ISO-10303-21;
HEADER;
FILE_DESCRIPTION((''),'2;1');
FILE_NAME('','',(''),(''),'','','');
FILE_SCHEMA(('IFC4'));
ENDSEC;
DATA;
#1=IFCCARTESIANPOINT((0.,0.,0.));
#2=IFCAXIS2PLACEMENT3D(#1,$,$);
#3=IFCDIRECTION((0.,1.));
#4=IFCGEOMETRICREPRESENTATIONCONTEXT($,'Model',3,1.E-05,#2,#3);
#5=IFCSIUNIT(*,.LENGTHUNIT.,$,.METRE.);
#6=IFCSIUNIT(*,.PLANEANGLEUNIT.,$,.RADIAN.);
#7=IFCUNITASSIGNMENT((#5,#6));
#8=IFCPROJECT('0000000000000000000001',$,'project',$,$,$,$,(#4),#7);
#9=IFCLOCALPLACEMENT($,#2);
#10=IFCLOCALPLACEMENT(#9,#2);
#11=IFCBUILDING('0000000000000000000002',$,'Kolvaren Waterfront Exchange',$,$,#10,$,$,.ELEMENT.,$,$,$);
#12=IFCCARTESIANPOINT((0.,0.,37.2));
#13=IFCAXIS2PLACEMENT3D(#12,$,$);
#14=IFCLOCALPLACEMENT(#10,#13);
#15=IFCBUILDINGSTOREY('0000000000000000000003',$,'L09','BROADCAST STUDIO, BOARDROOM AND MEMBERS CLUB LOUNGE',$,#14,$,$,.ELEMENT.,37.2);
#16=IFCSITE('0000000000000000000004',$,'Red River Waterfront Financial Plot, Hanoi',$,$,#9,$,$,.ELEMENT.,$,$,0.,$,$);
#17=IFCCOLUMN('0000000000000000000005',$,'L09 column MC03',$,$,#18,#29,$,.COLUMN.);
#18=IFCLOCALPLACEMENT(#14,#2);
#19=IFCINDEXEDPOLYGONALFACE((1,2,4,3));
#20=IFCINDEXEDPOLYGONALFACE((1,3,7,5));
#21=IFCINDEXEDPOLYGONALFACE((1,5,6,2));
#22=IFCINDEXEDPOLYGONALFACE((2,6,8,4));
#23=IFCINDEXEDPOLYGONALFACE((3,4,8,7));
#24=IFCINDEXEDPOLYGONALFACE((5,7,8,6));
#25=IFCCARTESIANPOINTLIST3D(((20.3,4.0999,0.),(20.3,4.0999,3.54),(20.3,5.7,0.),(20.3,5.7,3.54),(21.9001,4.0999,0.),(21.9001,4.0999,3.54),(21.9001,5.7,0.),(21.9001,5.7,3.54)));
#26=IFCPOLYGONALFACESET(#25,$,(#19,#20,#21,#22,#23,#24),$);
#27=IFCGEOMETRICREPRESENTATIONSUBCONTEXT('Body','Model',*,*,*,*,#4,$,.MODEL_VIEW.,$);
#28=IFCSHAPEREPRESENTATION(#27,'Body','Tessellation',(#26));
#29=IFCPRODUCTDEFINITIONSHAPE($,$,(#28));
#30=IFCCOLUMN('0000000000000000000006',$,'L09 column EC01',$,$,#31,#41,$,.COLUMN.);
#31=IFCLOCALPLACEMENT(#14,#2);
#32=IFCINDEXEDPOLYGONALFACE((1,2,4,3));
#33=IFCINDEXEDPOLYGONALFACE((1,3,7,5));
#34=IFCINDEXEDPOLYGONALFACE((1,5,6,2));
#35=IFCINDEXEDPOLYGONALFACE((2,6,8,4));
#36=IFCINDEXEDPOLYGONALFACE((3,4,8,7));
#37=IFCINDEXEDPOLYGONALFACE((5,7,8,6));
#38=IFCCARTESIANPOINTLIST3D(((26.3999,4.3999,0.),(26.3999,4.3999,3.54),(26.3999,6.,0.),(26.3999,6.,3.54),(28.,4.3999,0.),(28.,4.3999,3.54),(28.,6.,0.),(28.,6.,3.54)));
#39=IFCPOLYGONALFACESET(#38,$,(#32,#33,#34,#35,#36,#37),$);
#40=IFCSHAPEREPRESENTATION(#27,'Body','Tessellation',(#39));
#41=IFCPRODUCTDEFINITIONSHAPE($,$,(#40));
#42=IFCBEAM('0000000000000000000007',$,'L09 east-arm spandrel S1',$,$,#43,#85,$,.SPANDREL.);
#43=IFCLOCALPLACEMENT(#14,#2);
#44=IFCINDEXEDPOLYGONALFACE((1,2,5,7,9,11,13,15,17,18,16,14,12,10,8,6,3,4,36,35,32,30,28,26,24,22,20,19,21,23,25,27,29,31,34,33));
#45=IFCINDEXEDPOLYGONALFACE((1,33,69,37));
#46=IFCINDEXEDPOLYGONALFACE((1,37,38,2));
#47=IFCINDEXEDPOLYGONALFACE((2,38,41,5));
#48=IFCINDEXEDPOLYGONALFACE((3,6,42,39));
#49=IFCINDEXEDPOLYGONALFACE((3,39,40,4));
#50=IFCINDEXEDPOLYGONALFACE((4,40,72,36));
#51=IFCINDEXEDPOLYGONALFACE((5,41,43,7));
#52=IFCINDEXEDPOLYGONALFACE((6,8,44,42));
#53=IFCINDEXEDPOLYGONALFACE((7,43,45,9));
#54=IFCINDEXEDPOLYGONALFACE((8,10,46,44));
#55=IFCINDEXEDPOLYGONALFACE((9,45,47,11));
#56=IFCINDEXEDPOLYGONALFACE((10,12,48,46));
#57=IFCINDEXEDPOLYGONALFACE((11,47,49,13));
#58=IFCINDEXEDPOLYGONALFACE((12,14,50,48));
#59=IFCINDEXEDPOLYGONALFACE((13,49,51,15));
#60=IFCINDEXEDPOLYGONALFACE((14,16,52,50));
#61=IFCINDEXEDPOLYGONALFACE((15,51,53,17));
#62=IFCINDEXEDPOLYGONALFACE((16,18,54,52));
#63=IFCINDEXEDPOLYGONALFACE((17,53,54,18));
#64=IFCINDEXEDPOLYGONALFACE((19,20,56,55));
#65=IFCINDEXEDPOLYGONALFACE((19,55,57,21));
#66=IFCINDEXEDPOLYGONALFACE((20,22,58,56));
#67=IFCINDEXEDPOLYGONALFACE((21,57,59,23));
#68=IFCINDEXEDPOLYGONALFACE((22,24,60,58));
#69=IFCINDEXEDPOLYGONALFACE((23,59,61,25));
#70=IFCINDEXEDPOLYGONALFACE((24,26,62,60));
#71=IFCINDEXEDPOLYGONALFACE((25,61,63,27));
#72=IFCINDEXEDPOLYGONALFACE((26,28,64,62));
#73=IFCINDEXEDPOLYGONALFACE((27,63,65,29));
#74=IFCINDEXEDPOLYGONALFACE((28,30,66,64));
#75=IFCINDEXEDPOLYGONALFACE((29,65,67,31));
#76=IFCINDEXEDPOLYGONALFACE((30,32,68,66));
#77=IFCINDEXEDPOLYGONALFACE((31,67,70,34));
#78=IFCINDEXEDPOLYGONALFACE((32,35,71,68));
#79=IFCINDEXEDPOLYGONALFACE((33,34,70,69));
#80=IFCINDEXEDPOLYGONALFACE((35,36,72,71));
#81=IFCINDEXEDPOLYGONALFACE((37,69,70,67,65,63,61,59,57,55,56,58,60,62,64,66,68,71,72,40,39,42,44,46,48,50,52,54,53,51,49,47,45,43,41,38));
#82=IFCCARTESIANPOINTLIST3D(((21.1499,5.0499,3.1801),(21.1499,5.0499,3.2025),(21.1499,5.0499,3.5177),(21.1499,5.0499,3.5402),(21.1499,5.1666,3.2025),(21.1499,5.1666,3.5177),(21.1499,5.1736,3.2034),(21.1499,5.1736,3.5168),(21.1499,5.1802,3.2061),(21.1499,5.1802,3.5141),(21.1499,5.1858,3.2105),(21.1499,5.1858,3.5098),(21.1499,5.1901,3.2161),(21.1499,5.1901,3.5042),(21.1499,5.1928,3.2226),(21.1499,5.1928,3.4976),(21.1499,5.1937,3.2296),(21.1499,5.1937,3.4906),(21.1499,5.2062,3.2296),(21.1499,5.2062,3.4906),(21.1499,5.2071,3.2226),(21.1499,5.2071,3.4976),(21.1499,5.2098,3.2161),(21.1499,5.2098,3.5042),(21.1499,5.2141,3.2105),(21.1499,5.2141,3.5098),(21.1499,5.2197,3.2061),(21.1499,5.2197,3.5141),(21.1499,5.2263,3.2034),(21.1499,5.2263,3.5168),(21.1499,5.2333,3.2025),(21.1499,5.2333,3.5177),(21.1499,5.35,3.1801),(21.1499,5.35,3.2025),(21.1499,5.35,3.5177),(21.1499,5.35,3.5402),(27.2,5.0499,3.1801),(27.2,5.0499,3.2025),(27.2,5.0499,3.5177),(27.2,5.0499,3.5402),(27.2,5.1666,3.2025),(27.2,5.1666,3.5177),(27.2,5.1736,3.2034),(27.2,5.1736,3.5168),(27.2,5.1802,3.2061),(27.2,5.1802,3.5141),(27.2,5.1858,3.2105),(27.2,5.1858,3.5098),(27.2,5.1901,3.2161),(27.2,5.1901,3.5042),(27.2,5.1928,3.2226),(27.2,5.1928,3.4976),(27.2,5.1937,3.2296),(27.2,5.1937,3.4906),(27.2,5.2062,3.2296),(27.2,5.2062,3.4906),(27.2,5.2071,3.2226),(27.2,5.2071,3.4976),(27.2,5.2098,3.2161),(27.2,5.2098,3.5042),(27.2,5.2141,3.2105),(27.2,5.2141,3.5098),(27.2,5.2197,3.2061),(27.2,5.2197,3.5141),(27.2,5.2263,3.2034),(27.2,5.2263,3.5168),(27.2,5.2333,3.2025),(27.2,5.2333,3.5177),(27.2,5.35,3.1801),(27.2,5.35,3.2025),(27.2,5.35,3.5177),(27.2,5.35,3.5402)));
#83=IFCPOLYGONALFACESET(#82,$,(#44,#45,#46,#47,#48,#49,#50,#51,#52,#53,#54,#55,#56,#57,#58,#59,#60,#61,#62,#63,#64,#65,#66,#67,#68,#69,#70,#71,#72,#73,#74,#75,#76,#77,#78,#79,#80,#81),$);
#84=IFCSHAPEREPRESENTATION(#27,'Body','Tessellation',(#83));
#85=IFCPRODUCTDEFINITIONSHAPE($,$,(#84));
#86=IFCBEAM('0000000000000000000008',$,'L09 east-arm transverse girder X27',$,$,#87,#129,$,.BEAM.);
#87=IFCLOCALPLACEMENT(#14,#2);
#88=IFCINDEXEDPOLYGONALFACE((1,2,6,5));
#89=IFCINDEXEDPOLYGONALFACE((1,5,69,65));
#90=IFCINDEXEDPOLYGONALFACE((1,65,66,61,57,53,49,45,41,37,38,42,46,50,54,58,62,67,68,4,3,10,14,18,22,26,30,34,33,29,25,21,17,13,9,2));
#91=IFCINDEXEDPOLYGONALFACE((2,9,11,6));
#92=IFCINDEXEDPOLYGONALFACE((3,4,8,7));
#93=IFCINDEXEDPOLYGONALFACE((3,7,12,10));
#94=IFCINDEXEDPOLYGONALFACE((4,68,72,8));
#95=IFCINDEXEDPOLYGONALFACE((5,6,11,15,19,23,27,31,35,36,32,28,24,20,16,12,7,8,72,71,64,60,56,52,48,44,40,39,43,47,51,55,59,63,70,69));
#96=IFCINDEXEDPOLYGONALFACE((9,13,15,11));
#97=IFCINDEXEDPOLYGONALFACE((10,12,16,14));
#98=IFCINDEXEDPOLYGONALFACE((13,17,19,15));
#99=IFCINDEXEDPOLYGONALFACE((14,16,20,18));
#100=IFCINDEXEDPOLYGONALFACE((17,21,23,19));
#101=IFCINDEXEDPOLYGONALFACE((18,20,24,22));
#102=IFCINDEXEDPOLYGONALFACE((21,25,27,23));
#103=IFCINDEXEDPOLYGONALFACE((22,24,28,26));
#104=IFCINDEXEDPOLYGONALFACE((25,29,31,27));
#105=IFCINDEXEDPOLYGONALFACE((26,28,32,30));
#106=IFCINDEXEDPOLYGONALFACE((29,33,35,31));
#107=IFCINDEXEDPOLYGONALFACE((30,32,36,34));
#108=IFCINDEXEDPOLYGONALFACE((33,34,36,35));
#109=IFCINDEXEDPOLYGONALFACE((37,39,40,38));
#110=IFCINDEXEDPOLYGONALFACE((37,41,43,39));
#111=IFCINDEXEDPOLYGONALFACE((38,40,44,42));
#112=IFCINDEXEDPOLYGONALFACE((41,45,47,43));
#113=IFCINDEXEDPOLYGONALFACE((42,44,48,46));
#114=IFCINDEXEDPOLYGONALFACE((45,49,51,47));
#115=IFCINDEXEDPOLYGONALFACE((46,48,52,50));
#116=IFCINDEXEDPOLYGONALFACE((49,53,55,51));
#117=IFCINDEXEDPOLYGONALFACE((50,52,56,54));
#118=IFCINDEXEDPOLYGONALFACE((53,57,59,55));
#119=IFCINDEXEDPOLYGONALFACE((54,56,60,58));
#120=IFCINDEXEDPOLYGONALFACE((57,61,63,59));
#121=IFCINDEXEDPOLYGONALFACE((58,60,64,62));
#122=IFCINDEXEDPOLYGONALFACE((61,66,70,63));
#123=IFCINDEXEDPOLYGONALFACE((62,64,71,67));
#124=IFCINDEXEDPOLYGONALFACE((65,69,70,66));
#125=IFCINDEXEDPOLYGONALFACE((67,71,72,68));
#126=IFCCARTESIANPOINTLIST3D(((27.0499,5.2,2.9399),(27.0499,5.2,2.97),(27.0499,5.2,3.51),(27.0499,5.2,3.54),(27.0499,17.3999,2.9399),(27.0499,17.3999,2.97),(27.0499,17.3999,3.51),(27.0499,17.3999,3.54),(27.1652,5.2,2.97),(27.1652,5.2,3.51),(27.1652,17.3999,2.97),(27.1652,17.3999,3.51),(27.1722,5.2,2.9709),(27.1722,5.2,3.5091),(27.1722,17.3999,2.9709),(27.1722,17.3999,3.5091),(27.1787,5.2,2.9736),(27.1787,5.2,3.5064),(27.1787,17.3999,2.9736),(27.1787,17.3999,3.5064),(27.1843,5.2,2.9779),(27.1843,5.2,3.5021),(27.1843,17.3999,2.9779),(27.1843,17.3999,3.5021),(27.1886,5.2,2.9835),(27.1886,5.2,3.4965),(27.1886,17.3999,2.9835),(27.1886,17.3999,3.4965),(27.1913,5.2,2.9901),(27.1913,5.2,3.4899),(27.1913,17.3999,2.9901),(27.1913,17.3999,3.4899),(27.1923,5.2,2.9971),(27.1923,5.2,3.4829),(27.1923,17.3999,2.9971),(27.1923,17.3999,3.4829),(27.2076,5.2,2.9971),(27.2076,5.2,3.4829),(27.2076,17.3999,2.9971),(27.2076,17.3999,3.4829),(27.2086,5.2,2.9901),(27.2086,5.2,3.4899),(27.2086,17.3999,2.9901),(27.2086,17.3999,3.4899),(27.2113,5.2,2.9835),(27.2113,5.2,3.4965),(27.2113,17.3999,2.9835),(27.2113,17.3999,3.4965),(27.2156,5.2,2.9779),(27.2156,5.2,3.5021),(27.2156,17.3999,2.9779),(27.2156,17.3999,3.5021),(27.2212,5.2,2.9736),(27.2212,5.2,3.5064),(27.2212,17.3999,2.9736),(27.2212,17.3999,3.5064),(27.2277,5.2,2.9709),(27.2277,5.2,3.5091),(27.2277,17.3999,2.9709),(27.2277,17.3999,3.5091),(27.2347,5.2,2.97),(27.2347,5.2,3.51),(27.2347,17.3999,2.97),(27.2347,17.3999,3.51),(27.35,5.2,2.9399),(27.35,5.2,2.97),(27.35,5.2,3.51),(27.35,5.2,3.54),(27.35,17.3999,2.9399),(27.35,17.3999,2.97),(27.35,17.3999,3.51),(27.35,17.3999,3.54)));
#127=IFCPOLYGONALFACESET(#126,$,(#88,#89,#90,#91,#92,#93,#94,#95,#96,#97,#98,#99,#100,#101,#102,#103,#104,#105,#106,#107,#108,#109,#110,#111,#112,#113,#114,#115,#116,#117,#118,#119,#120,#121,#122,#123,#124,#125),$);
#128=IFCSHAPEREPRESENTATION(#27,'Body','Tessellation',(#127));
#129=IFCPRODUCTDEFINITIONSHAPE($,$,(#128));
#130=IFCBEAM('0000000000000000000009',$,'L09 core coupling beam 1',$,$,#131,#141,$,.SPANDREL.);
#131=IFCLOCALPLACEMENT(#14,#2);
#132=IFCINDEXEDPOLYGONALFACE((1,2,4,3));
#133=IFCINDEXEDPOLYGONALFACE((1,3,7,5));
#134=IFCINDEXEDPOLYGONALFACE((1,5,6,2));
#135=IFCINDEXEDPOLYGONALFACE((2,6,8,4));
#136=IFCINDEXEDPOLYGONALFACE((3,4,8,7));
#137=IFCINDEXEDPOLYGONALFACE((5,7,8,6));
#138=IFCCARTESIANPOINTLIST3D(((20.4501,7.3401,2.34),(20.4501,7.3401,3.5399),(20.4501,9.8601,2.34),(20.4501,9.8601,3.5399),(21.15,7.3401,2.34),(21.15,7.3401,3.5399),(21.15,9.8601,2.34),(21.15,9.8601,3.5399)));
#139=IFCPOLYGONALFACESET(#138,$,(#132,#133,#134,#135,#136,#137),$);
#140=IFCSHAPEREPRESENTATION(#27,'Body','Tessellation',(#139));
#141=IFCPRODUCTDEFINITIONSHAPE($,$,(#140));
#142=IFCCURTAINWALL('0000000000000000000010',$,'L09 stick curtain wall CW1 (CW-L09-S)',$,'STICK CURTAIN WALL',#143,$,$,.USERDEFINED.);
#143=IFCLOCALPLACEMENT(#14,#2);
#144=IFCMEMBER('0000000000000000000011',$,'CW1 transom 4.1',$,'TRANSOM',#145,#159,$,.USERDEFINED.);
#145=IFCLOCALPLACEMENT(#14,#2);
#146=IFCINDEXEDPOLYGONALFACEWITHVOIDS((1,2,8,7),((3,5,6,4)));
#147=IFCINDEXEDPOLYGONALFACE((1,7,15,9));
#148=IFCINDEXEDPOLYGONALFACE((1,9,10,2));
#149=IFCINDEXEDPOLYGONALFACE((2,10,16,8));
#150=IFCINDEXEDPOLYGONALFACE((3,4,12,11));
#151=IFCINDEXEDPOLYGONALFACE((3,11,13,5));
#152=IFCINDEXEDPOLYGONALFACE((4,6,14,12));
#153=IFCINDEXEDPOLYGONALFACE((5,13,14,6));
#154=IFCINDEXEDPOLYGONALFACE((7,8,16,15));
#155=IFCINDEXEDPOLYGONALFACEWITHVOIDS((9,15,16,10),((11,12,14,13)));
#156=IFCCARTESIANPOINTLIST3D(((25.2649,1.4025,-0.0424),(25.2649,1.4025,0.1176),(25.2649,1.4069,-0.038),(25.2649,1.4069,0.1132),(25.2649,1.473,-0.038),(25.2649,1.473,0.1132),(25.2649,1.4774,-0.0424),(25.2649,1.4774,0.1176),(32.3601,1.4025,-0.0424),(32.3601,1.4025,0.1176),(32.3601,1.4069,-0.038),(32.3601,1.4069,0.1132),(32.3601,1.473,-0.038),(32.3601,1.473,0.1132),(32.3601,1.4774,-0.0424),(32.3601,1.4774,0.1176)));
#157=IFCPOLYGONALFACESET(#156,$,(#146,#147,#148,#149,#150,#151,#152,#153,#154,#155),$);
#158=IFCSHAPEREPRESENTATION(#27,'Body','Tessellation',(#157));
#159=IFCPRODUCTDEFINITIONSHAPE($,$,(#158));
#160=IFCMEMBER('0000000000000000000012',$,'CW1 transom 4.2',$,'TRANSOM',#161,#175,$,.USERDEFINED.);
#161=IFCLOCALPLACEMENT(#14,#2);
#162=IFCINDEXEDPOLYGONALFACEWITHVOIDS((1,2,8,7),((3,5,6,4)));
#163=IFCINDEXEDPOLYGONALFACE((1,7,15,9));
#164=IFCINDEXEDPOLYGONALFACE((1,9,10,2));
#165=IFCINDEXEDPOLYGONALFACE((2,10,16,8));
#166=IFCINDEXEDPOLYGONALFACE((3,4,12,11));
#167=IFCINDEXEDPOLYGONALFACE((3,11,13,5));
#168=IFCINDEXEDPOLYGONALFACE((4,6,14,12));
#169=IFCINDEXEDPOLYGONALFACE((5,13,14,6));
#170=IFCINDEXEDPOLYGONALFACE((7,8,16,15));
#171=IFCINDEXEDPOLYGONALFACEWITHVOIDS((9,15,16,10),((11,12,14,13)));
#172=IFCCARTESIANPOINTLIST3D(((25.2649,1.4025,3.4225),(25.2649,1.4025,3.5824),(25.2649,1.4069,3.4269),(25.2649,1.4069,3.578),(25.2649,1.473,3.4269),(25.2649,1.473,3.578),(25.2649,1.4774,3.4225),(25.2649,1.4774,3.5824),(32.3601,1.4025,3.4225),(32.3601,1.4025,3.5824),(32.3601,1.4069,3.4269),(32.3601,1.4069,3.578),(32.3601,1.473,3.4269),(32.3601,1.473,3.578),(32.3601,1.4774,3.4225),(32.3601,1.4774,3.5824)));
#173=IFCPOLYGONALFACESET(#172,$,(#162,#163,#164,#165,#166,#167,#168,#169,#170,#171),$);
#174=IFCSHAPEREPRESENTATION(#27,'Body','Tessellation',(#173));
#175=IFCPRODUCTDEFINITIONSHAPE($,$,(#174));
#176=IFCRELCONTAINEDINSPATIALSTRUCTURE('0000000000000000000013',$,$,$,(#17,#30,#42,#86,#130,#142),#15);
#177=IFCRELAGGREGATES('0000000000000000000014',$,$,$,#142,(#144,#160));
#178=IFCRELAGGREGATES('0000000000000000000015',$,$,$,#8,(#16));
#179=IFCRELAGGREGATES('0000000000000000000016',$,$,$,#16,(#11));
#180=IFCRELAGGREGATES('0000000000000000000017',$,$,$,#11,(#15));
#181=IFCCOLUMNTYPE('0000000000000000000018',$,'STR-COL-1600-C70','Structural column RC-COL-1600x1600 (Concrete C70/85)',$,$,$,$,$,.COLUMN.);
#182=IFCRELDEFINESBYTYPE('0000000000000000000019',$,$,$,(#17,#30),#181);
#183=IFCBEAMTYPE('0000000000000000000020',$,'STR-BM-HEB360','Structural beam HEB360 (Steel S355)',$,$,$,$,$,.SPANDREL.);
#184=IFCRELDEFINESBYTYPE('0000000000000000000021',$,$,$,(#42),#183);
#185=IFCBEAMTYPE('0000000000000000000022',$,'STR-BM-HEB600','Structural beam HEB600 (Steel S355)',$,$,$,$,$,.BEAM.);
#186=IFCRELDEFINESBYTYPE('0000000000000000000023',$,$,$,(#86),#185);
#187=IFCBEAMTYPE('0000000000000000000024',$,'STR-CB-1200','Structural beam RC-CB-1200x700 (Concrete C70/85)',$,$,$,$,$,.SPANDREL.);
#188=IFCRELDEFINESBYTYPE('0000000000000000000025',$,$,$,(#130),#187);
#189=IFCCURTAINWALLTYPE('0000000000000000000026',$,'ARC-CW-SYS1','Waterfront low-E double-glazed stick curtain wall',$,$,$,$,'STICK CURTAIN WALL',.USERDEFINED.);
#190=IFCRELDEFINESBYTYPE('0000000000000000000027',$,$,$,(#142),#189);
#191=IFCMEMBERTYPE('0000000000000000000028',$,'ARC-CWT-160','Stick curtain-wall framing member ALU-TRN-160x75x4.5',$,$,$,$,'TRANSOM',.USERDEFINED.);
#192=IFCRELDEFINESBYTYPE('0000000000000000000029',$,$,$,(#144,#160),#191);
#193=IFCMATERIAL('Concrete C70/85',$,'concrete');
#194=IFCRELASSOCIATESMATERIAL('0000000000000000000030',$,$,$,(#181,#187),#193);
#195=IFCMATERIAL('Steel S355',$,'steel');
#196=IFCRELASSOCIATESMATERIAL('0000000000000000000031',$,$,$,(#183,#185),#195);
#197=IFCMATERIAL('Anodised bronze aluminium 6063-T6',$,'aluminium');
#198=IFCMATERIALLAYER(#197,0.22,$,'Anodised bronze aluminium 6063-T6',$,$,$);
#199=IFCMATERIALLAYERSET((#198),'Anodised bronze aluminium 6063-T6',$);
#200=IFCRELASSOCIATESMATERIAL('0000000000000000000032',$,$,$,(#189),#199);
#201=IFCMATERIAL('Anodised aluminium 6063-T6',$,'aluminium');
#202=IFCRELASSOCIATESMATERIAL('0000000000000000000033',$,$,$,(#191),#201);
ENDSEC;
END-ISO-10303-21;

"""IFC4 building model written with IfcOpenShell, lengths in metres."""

from ifc_helpers import new_model, si_unit, direction, frame, origin, origin_with_axes, origin_2d, place, context, subcontext, project, spatial, rectangle, hollow_rectangle, i_section, extrude, source, transform, mapped, material, layer, layer_set, material_profile, profile_set, type_object, element, aggregate, save


model = new_model("IFC4")

# Units and contexts
model_context = context("Model", 3, precision=1e-05, world=origin(), true_north=direction((0.0, 1.0)))
body_context = subcontext(model_context, "Body", "Model", "MODEL_VIEW")
ifc_project = project(units=[si_unit("LENGTHUNIT", "METRE"), si_unit("PLANEANGLEUNIT", "RADIAN")], contexts=[model_context])

# Site, building, storey
site_placement = place(None, origin())
site = spatial("IfcSite", under=ifc_project, at=site_placement, Name="Red River Waterfront Financial Plot, Hanoi", CompositionType="ELEMENT", RefElevation=0.0)
building_placement = place(site_placement, origin())
building = spatial("IfcBuilding", under=site, at=building_placement, Name="Kolvaren Waterfront Exchange", CompositionType="ELEMENT")
storey_placement = place(building_placement, frame((0.0, 0.0, 37.2)))
storey = spatial("IfcBuildingStorey", under=building, at=storey_placement, Name="L09", Description="BROADCAST STUDIO, BOARDROOM AND MEMBERS CLUB LOUNGE", CompositionType="ELEMENT", Elevation=37.2)

# Columns
ifc_material_1 = material(Name="Concrete C70/85", Category="concrete")
ifc_material_profile_1 = material_profile(ifc_material_1, rectangle(XDim=1.6001, YDim=1.6001, at=origin_2d()), Name="RC-COL-1600x1600")
ifc_profile_set_1 = profile_set([ifc_material_profile_1], Name="Concrete C70/85")
column_type = type_object("IfcColumnType", Name="STR-COL-1600-C70", Description="Structural column RC-COL-1600x1600 (Concrete C70/85)", PredefinedType="COLUMN", material=ifc_profile_set_1)
for number, where, z_axis, x_axis, name in (
    (1, (21.1001, 4.8999, 0.0), (0.0, 0.0, 1.0), (1.0, 0.0, 0.0), "L09 column MC03"),
    (2, (27.2, 5.2, 0.0), (0.0, 0.0, 1.0), (1.0, 0.0, 0.0), "L09 column EC01"),
):
    element("IfcColumn", number, at=place(storey_placement, frame(where, z_axis=z_axis, x_axis=x_axis)), inside=storey, type_object=column_type, Name=name, PredefinedType="COLUMN", context=body_context, shape_type="SweptSolid", body=[
        extrude(rectangle(XDim=1.6001, YDim=1.6001, at=origin_2d()), origin(), (0.0, 0.0, 1.0), 3.54),
    ])

# Beams
ifc_material_2 = material(Name="Steel S355", Category="steel")
ifc_material_profile_2 = material_profile(ifc_material_2, i_section(OverallWidth=0.3, OverallDepth=0.3601, WebThickness=0.0125, FlangeThickness=0.0225, FilletRadius=0.0271, at=origin_2d()), Name="HEB360")
ifc_profile_set_2 = profile_set([ifc_material_profile_2], Name="Steel S355")
beam_type_1 = type_object("IfcBeamType", Name="STR-BM-HEB360", Description="Structural beam HEB360 (Steel S355)", PredefinedType="SPANDREL", material=ifc_profile_set_2)
beam_1_placement = place(storey_placement, frame((21.1499, 5.2, 3.3601), z_axis=(1.0, 0.0, 0.0), x_axis=(0.0, 1.0, 0.0)))
element("IfcBeam", 3, at=beam_1_placement, inside=storey, type_object=beam_type_1, Name="L09 east-arm spandrel S1", PredefinedType="SPANDREL", context=body_context, shape_type="SweptSolid", body=[
    extrude(i_section(OverallWidth=0.3, OverallDepth=0.3601, WebThickness=0.0125, FlangeThickness=0.0225, FilletRadius=0.0271, at=origin_2d()), origin(), (0.0, 0.0, 1.0), 6.05),
])
ifc_material_profile_3 = material_profile(ifc_material_2, i_section(OverallWidth=0.3, OverallDepth=0.6001, WebThickness=0.0154, FlangeThickness=0.03, FilletRadius=0.0271, at=origin_2d()), Name="HEB600")
ifc_profile_set_3 = profile_set([ifc_material_profile_3], Name="Steel S355")
beam_type_2 = type_object("IfcBeamType", Name="STR-BM-HEB600", Description="Structural beam HEB600 (Steel S355)", PredefinedType="BEAM", material=ifc_profile_set_3)
beam_2_placement = place(storey_placement, frame((27.2, 5.2, 3.24), z_axis=(0.0, 1.0, 0.0), x_axis=(-1.0, 0.0, 0.0)))
element("IfcBeam", 4, at=beam_2_placement, inside=storey, type_object=beam_type_2, Name="L09 east-arm transverse girder X27", PredefinedType="BEAM", context=body_context, shape_type="SweptSolid", body=[
    extrude(i_section(OverallWidth=0.3, OverallDepth=0.6001, WebThickness=0.0154, FlangeThickness=0.03, FilletRadius=0.0271, at=origin_2d()), origin(), (0.0, 0.0, 1.0), 12.2),
])
ifc_material_profile_4 = material_profile(ifc_material_1, rectangle(XDim=0.7, YDim=1.2, at=origin_2d()), Name="RC-CB-1200x700")
ifc_profile_set_4 = profile_set([ifc_material_profile_4], Name="Concrete C70/85")
beam_type_3 = type_object("IfcBeamType", Name="STR-CB-1200", Description="Structural beam RC-CB-1200x700 (Concrete C70/85)", PredefinedType="SPANDREL", material=ifc_profile_set_4)
beam_3_placement = place(storey_placement, frame((20.8, 7.3401, 2.9399), z_axis=(0.0, 1.0, 0.0), x_axis=(-1.0, 0.0, 0.0)))
element("IfcBeam", 5, at=beam_3_placement, inside=storey, type_object=beam_type_3, Name="L09 core coupling beam 1", PredefinedType="SPANDREL", context=body_context, shape_type="SweptSolid", body=[
    extrude(rectangle(XDim=0.7, YDim=1.2, at=origin_2d()), origin(), (0.0, 0.0, 1.0), 2.52),
])

# Curtain wall, members
ifc_material_3 = material(Name="Anodised bronze aluminium 6063-T6", Category="aluminium")
ifc_layer_1 = layer(ifc_material_3, 0.22, Name="Anodised bronze aluminium 6063-T6")
ifc_layer_set_1 = layer_set([ifc_layer_1], Name="Anodised bronze aluminium 6063-T6")
curtain_wall_type = type_object("IfcCurtainWallType", Name="ARC-CW-SYS1", Description="Waterfront low-E double-glazed stick curtain wall", ElementType="STICK CURTAIN WALL", PredefinedType="USERDEFINED", material=ifc_layer_set_1)
curtain_wall_placement = place(storey_placement, origin())
curtain_wall = element("IfcCurtainWall", 6, at=curtain_wall_placement, inside=storey, type_object=curtain_wall_type, Name="L09 stick curtain wall CW1 (CW-L09-S)", ObjectType="STICK CURTAIN WALL", PredefinedType="USERDEFINED")
ifc_material_4 = material(Name="Anodised aluminium 6063-T6", Category="aluminium")
ifc_material_profile_5 = material_profile(ifc_material_4, hollow_rectangle(XDim=0.075, YDim=0.1599, WallThickness=0.0044, at=origin_2d()), Name="ALU-TRN-160x75x4.5")
ifc_profile_set_5 = profile_set([ifc_material_profile_5], Name="Anodised aluminium 6063-T6")
member_type_1 = type_object("IfcMemberType", Name="ARC-CWT-160", Description="Stick curtain-wall framing member ALU-TRN-160x75x4.5", ElementType="TRANSOM", PredefinedType="USERDEFINED", material=ifc_profile_set_5)
shared_shape_1 = source(origin_with_axes(), body_context, "Body", "SweptSolid", [
    extrude(hollow_rectangle(XDim=0.075, YDim=0.1599, WallThickness=0.0044, at=origin_2d()), origin(), (0.0, 0.0, 1.0), 7.0952),
])
member_1_placement = place(storey_placement, frame((25.2649, 1.4399, 0.0376), z_axis=(1.0, 0.0, 0.0), x_axis=(0.0, 1.0, 0.0)))
member_1 = element("IfcMember", 7, at=member_1_placement, type_object=member_type_1, Name="CW1 transom 4.1", ObjectType="TRANSOM", PredefinedType="USERDEFINED", context=body_context, shape_type="MappedRepresentation", body=[
    mapped(shared_shape_1, transform((0.0, 0.0, 0.0), x_axis=(1.0, 0.0, 0.0), y_axis=(0.0, 1.0, 0.0), z_axis=(0.0, 0.0, 1.0), scale=1.0)),
])
member_2_placement = place(storey_placement, frame((25.2649, 1.4399, 3.5024), z_axis=(1.0, 0.0, 0.0), x_axis=(0.0, 1.0, 0.0)))
member_2 = element("IfcMember", 8, at=member_2_placement, type_object=member_type_1, Name="CW1 transom 4.2", ObjectType="TRANSOM", PredefinedType="USERDEFINED", context=body_context, shape_type="MappedRepresentation", body=[
    mapped(shared_shape_1, transform((0.0, 0.0, 0.0), x_axis=(1.0, 0.0, 0.0), y_axis=(0.0, 1.0, 0.0), z_axis=(0.0, 0.0, 1.0), scale=1.0)),
])
aggregate(curtain_wall, [member_1, member_2])

save(model, "model.ifc")
